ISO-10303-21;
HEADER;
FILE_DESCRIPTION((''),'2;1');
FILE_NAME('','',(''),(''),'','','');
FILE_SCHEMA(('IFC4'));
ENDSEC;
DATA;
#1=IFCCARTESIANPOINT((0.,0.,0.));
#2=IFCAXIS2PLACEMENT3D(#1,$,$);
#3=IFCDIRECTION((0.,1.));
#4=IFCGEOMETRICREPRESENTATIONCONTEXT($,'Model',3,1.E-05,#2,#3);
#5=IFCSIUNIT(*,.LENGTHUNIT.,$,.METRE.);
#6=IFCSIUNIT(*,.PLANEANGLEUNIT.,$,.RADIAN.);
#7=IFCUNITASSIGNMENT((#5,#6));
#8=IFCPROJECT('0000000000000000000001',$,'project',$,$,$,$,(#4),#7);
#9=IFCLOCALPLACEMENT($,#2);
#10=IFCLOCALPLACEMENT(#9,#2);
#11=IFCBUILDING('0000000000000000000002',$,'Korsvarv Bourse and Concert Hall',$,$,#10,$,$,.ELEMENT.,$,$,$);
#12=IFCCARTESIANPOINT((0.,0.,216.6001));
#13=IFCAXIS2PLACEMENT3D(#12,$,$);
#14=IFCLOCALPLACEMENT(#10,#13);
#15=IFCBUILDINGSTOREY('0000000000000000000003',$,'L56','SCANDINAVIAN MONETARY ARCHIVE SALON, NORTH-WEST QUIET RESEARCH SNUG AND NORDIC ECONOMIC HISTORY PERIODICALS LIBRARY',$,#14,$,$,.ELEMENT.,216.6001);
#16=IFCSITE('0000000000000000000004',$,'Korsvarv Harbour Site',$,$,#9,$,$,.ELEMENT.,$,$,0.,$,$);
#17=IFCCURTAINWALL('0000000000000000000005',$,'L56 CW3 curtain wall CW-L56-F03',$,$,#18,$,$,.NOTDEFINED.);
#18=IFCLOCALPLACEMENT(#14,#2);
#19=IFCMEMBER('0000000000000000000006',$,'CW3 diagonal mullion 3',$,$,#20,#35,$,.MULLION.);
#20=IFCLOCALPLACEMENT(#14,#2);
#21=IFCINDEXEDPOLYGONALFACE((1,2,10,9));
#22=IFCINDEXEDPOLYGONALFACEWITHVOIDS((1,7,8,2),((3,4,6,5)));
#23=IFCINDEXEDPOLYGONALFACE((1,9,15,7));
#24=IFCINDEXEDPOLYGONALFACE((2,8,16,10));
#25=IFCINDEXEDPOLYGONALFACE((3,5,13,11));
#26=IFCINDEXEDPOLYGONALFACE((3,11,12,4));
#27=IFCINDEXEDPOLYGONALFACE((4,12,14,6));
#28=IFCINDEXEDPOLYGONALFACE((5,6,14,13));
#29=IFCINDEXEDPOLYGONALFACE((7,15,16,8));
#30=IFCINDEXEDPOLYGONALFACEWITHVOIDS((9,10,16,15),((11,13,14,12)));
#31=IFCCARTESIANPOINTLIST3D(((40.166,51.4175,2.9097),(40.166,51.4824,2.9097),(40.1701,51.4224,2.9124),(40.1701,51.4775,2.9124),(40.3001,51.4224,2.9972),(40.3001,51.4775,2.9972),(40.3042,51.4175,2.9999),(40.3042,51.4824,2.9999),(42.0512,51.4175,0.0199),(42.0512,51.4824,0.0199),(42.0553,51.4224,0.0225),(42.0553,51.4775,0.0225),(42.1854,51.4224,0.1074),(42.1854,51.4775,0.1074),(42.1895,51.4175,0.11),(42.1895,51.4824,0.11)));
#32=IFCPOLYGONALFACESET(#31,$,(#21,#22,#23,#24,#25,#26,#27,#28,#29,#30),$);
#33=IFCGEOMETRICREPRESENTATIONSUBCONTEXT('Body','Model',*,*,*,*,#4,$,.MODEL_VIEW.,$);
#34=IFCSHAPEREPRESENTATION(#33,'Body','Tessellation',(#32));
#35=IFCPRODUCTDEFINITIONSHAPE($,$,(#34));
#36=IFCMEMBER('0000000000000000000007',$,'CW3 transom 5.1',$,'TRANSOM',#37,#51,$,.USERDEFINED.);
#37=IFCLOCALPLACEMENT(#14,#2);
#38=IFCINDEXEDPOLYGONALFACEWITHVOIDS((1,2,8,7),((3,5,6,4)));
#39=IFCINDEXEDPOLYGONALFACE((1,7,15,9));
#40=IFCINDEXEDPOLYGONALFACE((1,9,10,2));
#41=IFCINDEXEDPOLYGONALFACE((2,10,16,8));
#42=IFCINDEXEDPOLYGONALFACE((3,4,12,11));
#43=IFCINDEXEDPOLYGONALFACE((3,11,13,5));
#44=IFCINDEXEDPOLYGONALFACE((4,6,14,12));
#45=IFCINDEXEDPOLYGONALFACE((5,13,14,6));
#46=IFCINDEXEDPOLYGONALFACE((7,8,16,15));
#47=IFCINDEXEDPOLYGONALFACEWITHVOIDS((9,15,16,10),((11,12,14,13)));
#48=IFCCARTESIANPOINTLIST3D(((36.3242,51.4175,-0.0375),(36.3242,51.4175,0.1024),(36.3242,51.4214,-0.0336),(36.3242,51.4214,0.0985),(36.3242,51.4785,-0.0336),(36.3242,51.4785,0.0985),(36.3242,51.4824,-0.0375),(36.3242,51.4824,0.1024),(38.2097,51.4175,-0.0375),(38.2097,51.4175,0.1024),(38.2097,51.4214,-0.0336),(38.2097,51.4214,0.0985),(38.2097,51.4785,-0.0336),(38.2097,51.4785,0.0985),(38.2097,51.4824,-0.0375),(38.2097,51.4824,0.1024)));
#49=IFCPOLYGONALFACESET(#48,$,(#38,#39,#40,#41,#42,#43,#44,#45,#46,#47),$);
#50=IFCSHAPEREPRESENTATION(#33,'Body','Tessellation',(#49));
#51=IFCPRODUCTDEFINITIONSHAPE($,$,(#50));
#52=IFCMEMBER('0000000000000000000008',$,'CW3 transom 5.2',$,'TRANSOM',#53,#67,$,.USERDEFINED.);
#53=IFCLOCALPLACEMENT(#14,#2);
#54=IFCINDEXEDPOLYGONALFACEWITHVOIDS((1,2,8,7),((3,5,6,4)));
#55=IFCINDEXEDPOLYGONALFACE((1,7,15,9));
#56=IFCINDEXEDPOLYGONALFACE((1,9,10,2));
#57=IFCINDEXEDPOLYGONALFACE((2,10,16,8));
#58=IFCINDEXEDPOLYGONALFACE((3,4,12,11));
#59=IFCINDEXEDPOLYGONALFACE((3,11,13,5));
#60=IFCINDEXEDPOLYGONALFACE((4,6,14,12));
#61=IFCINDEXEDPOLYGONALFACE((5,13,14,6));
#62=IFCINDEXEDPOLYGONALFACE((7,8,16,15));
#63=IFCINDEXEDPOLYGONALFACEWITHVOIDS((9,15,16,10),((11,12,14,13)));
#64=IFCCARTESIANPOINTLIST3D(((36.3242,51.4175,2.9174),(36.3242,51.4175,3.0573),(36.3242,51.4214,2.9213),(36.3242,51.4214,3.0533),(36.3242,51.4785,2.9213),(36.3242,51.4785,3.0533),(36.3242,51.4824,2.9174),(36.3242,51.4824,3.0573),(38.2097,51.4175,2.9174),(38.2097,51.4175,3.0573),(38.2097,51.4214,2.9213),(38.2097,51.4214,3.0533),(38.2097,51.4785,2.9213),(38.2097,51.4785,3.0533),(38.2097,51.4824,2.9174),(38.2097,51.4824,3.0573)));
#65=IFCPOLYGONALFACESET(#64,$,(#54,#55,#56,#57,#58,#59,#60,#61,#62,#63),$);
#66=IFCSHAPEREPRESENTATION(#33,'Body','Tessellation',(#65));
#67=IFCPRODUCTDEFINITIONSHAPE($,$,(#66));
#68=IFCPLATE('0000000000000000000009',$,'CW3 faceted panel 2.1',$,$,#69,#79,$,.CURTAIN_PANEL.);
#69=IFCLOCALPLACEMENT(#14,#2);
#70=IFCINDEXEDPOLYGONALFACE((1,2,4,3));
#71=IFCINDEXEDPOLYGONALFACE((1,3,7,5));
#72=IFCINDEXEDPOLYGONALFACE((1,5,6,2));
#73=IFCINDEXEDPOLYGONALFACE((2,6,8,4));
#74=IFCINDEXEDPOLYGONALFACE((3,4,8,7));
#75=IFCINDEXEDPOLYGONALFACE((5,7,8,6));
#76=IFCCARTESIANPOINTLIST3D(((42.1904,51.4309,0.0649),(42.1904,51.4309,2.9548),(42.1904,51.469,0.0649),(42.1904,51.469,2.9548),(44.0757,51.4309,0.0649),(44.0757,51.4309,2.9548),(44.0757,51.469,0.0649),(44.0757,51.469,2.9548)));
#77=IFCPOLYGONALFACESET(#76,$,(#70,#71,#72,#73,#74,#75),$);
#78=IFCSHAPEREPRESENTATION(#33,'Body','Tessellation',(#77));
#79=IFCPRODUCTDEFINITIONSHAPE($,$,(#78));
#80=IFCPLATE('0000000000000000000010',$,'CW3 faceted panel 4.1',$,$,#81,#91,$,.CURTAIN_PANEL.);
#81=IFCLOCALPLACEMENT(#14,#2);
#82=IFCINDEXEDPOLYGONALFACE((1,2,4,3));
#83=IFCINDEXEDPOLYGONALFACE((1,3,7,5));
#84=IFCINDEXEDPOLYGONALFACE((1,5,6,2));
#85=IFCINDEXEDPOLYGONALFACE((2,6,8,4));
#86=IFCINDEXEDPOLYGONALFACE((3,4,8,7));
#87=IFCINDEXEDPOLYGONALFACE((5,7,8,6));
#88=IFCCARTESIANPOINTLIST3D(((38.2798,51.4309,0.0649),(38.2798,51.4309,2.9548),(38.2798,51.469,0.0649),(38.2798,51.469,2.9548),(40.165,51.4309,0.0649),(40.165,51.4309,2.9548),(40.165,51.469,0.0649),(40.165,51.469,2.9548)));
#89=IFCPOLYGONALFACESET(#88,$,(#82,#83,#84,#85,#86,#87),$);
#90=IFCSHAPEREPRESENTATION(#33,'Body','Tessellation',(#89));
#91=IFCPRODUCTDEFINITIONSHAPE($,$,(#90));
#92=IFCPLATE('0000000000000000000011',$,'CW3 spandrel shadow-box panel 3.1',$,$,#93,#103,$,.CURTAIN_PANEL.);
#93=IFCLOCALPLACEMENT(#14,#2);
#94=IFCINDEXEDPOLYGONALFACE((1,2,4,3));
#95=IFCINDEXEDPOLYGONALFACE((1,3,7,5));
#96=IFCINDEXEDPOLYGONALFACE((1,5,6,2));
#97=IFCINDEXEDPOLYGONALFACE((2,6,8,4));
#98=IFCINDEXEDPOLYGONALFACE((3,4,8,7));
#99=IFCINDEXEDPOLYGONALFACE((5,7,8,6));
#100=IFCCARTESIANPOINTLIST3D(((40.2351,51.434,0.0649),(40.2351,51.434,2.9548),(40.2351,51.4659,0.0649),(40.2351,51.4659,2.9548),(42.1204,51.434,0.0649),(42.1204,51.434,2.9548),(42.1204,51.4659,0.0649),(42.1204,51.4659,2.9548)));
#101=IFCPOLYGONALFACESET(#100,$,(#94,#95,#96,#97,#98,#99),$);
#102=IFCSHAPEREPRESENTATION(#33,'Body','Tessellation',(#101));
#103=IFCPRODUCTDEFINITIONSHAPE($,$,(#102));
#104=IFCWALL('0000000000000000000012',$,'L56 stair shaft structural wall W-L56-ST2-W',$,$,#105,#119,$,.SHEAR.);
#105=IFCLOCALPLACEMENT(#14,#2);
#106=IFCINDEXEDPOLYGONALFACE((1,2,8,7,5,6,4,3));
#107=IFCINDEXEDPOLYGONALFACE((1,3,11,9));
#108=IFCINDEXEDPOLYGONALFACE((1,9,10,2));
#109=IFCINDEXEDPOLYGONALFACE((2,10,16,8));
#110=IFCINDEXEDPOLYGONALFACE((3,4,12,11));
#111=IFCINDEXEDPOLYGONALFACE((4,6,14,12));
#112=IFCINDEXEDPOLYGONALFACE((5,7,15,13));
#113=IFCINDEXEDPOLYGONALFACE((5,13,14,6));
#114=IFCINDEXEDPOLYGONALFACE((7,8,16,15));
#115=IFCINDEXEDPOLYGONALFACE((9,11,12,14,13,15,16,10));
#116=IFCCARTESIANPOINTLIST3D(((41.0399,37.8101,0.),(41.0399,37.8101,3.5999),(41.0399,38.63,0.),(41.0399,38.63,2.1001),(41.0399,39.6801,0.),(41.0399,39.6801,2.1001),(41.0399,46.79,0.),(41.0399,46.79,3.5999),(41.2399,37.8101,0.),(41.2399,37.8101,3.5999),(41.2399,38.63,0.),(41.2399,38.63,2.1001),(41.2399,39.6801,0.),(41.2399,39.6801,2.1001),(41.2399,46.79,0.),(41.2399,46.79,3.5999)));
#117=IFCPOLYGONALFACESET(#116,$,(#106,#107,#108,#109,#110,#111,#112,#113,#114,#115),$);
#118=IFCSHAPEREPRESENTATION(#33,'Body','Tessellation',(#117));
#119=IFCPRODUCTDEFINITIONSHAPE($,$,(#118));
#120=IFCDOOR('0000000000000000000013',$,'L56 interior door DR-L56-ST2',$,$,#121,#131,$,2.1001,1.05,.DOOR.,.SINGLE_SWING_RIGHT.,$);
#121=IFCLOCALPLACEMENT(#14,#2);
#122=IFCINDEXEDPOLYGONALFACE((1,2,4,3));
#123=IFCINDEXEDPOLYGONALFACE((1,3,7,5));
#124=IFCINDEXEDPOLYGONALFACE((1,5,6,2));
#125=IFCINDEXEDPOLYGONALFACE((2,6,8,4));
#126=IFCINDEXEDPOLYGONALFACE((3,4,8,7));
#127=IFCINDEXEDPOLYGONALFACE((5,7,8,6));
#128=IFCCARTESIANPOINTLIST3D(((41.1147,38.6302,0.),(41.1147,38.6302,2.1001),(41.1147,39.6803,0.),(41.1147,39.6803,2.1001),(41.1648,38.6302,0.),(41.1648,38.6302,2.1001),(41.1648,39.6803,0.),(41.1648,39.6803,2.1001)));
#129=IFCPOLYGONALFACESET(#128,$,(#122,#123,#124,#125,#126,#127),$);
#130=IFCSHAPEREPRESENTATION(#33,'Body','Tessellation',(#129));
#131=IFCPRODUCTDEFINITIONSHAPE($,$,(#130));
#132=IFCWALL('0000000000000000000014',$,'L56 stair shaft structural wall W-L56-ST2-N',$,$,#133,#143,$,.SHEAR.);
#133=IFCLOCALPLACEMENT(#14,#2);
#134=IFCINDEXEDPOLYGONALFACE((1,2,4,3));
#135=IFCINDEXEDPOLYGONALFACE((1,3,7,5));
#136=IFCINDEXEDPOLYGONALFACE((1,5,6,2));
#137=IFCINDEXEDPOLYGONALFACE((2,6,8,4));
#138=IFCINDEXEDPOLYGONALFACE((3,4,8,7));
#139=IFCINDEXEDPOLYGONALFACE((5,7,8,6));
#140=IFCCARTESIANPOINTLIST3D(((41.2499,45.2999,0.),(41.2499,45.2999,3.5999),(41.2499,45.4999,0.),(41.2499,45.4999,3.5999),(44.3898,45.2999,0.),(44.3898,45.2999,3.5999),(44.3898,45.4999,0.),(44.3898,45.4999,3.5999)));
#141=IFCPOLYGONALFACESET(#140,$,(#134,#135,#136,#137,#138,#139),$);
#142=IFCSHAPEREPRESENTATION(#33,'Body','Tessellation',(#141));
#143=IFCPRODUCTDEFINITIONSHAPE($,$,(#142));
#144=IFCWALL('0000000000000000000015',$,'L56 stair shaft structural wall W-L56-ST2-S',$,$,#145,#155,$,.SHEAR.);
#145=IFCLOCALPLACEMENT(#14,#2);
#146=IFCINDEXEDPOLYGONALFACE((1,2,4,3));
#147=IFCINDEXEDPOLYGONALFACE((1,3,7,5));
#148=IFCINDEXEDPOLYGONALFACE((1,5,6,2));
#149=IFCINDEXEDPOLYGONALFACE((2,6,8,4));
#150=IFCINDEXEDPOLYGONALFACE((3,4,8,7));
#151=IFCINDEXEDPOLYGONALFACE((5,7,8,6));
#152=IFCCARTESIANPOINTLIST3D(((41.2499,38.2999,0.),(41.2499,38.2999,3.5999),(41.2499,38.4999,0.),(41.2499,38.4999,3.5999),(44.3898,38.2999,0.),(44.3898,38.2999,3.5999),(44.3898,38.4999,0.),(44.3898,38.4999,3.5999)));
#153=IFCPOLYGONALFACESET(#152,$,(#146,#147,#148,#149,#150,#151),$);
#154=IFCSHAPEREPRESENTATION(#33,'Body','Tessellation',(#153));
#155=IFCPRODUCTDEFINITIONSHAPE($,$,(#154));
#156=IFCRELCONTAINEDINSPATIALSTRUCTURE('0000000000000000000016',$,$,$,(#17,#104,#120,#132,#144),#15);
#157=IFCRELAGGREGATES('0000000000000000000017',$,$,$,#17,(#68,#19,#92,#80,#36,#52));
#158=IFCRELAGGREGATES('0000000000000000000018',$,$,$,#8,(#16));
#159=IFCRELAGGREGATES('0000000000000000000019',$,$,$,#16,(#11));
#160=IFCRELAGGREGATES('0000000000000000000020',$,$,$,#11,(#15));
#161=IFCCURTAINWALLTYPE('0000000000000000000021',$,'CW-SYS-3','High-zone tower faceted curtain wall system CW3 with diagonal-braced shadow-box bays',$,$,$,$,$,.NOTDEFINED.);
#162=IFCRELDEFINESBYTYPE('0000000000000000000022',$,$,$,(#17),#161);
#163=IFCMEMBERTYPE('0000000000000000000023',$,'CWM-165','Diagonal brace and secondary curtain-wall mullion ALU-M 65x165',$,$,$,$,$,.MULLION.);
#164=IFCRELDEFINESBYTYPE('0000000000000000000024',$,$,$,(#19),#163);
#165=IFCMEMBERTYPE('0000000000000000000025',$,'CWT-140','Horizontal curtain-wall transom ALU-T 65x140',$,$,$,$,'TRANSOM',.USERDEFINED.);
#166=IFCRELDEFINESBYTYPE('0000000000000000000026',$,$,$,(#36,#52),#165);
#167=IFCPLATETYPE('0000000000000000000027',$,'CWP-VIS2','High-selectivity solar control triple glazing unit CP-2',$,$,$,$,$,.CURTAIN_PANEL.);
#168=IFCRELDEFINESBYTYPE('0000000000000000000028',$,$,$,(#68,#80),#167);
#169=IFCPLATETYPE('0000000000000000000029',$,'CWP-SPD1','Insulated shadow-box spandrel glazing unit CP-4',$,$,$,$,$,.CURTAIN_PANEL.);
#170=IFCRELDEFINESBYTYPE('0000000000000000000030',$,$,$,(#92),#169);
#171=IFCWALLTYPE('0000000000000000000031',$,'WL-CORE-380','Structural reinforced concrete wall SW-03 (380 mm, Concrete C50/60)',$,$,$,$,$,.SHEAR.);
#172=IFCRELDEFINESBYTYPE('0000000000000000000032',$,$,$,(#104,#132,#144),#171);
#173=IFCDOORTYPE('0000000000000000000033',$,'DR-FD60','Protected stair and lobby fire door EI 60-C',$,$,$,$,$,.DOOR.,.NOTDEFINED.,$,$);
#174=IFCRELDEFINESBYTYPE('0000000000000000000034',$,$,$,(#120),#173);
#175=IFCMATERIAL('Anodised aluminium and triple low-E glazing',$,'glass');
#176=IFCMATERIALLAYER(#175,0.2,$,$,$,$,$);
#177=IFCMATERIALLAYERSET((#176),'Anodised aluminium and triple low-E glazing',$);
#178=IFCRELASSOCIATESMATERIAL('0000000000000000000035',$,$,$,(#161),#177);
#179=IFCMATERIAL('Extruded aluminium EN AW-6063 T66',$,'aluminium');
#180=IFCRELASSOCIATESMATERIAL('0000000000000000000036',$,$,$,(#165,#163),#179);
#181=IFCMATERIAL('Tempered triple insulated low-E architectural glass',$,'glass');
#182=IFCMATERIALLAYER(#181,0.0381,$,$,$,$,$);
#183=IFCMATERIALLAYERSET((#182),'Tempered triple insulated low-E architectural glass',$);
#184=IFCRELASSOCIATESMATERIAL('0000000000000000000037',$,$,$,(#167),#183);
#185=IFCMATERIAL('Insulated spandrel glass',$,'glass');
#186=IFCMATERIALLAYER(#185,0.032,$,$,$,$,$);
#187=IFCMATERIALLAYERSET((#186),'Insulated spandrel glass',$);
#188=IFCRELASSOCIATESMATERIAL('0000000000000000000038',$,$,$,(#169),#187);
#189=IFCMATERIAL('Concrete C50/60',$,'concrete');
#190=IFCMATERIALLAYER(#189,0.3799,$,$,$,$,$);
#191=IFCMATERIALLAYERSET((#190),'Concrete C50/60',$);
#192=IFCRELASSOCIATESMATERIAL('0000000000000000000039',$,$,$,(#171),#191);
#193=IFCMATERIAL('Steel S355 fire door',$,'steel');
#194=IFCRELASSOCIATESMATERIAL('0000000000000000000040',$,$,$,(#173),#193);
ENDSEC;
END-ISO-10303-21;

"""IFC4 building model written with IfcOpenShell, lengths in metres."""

from ifc_helpers import new_model, si_unit, direction, frame, frame_2d, origin, origin_2d, place, context, subcontext, project, spatial, rectangle, hollow_rectangle, extrude, source, transform, mapped, material, layer, layer_set, material_profile, profile_set, type_object, element, fill, aggregate, save


model = new_model("IFC4")

# Units and contexts
model_context = context("Model", 3, precision=1e-05, world=origin(), true_north=direction((0.0, 1.0)))
body_context = subcontext(model_context, "Body", "Model", "MODEL_VIEW")
ifc_project = project(units=[si_unit("LENGTHUNIT", "METRE"), si_unit("PLANEANGLEUNIT", "RADIAN")], contexts=[model_context])

# Site, building, storey
site_placement = place(None, origin())
site = spatial("IfcSite", under=ifc_project, at=site_placement, Name="Korsvarv Harbour Site", CompositionType="ELEMENT", RefElevation=0.0)
building_placement = place(site_placement, origin())
building = spatial("IfcBuilding", under=site, at=building_placement, Name="Korsvarv Bourse and Concert Hall", CompositionType="ELEMENT")
storey_placement = place(building_placement, frame((0.0, 0.0, 216.6001)))
storey = spatial("IfcBuildingStorey", under=building, at=storey_placement, Name="L56", Description="SCANDINAVIAN MONETARY ARCHIVE SALON, NORTH-WEST QUIET RESEARCH SNUG AND NORDIC ECONOMIC HISTORY PERIODICALS LIBRARY", CompositionType="ELEMENT", Elevation=216.6001)

# Curtain wall, members, plates
ifc_material_1 = material(Name="Anodised aluminium and triple low-E glazing", Category="glass")
ifc_layer_1 = layer(ifc_material_1, 0.2)
ifc_layer_set_1 = layer_set([ifc_layer_1], Name="Anodised aluminium and triple low-E glazing")
curtain_wall_type = type_object("IfcCurtainWallType", Name="CW-SYS-3", Description="High-zone tower faceted curtain wall system CW3 with diagonal-braced shadow-box bays", PredefinedType="NOTDEFINED", material=ifc_layer_set_1)
curtain_wall_placement = place(storey_placement, origin())
curtain_wall = element("IfcCurtainWall", 1, at=curtain_wall_placement, inside=storey, type_object=curtain_wall_type, Name="L56 CW3 curtain wall CW-L56-F03", PredefinedType="NOTDEFINED")
ifc_material_2 = material(Name="Extruded aluminium EN AW-6063 T66", Category="aluminium")
ifc_material_profile_1 = material_profile(ifc_material_2, hollow_rectangle(XDim=0.0649, YDim=0.1399, WallThickness=0.0039, at=origin_2d()), Name="ALU-T 65x140")
ifc_profile_set_1 = profile_set([ifc_material_profile_1], Name="Extruded aluminium EN AW-6063 T66")
member_type_1 = type_object("IfcMemberType", Name="CWT-140", Description="Horizontal curtain-wall transom ALU-T 65x140", ElementType="TRANSOM", PredefinedType="USERDEFINED", material=ifc_profile_set_1)
ifc_material_profile_2 = material_profile(ifc_material_2, hollow_rectangle(XDim=0.0649, YDim=0.165, WallThickness=0.0049, at=origin_2d()), Name="ALU-M 65x165")
ifc_profile_set_2 = profile_set([ifc_material_profile_2], Name="Extruded aluminium EN AW-6063 T66")
member_type_2 = type_object("IfcMemberType", Name="CWM-165", Description="Diagonal brace and secondary curtain-wall mullion ALU-M 65x165", PredefinedType="MULLION", material=ifc_profile_set_2)
shared_shape_1 = source(origin(), body_context, "Body", "SweptSolid", [
    extrude(hollow_rectangle(XDim=0.0649, YDim=0.165, WallThickness=0.0049, at=origin_2d()), origin(), (0.0, 0.0, 1.0), 3.4504),
])
member_1_placement = place(storey_placement, frame((42.1204, 51.45, 0.0649), z_axis=(-0.546378, 0.0, 0.837539), x_axis=(0.0, -1.0, 0.0)))
member_1 = element("IfcMember", 2, at=member_1_placement, type_object=member_type_2, Name="CW3 diagonal mullion 3", PredefinedType="MULLION", context=body_context, shape_type="MappedRepresentation", body=[
    mapped(shared_shape_1, transform((0.0, 0.0, 0.0), scale=1.0)),
])
shared_shape_2 = source(origin(), body_context, "Body", "SweptSolid", [
    extrude(hollow_rectangle(XDim=0.0649, YDim=0.1399, WallThickness=0.0039, at=origin_2d()), origin(), (0.0, 0.0, 1.0), 1.8855),
])
member_2_placement = place(storey_placement, frame((38.2097, 51.45, 0.0325), z_axis=(-1.0, 0.0, 0.0), x_axis=(0.0, -1.0, 0.0)))
member_2 = element("IfcMember", 3, at=member_2_placement, type_object=member_type_1, Name="CW3 transom 5.1", ObjectType="TRANSOM", PredefinedType="USERDEFINED", context=body_context, shape_type="MappedRepresentation", body=[
    mapped(shared_shape_2, transform((0.0, 0.0, 0.0), scale=1.0)),
])
member_3_placement = place(storey_placement, frame((38.2097, 51.45, 2.9873), z_axis=(-1.0, 0.0, 0.0), x_axis=(0.0, -1.0, 0.0)))
member_3 = element("IfcMember", 4, at=member_3_placement, type_object=member_type_1, Name="CW3 transom 5.2", ObjectType="TRANSOM", PredefinedType="USERDEFINED", context=body_context, shape_type="MappedRepresentation", body=[
    mapped(shared_shape_2, transform((0.0, 0.0, 0.0), scale=1.0)),
])
ifc_material_3 = material(Name="Tempered triple insulated low-E architectural glass", Category="glass")
ifc_layer_2 = layer(ifc_material_3, 0.0381)
ifc_layer_set_2 = layer_set([ifc_layer_2], Name="Tempered triple insulated low-E architectural glass")
plate_type_1 = type_object("IfcPlateType", Name="CWP-VIS2", Description="High-selectivity solar control triple glazing unit CP-2", PredefinedType="CURTAIN_PANEL", material=ifc_layer_set_2)
shared_shape_3 = source(origin(), body_context, "Body", "SweptSolid", [
    extrude(rectangle(XDim=1.8853, YDim=0.0381, at=origin_2d()), origin(), (0.0, 0.0, 1.0), 2.8899),
])
plate_1_placement = place(storey_placement, frame((43.1331, 51.45, 0.0649), z_axis=(0.0, 0.0, 1.0), x_axis=(-1.0, 0.0, 0.0)))
plate_1 = element("IfcPlate", 5, at=plate_1_placement, type_object=plate_type_1, Name="CW3 faceted panel 2.1", PredefinedType="CURTAIN_PANEL", context=body_context, shape_type="MappedRepresentation", body=[
    mapped(shared_shape_3, transform((0.0, 0.0, 0.0), scale=1.0)),
])
plate_2_placement = place(storey_placement, frame((39.2224, 51.45, 0.0649), z_axis=(0.0, 0.0, 1.0), x_axis=(-1.0, 0.0, 0.0)))
plate_2 = element("IfcPlate", 6, at=plate_2_placement, type_object=plate_type_1, Name="CW3 faceted panel 4.1", PredefinedType="CURTAIN_PANEL", context=body_context, shape_type="MappedRepresentation", body=[
    mapped(shared_shape_3, transform((0.0, 0.0, 0.0), scale=1.0)),
])
ifc_material_4 = material(Name="Insulated spandrel glass", Category="glass")
ifc_layer_3 = layer(ifc_material_4, 0.032)
ifc_layer_set_3 = layer_set([ifc_layer_3], Name="Insulated spandrel glass")
plate_type_2 = type_object("IfcPlateType", Name="CWP-SPD1", Description="Insulated shadow-box spandrel glazing unit CP-4", PredefinedType="CURTAIN_PANEL", material=ifc_layer_set_3)
shared_shape_4 = source(origin(), body_context, "Body", "SweptSolid", [
    extrude(rectangle(XDim=1.8853, YDim=0.032, at=origin_2d()), origin(), (0.0, 0.0, 1.0), 2.8899),
])
plate_3_placement = place(storey_placement, frame((41.1777, 51.45, 0.0649), z_axis=(0.0, 0.0, 1.0), x_axis=(-1.0, 0.0, 0.0)))
plate_3 = element("IfcPlate", 7, at=plate_3_placement, type_object=plate_type_2, Name="CW3 spandrel shadow-box panel 3.1", PredefinedType="CURTAIN_PANEL", context=body_context, shape_type="MappedRepresentation", body=[
    mapped(shared_shape_4, transform((0.0, 0.0, 0.0), scale=1.0)),
])
aggregate(curtain_wall, [plate_1, member_1, plate_3, plate_2, member_2, member_3])

# Wall, opening, door
ifc_material_5 = material(Name="Concrete C50/60", Category="concrete")
ifc_layer_4 = layer(ifc_material_5, 0.3799)
ifc_layer_set_4 = layer_set([ifc_layer_4], Name="Concrete C50/60")
wall_type_1 = type_object("IfcWallType", Name="WL-CORE-380", Description="Structural reinforced concrete wall SW-03 (380 mm, Concrete C50/60)", PredefinedType="SHEAR", material=ifc_layer_set_4)
wall_1_placement = place(storey_placement, frame((41.1399, 37.8101, 0.0), z_axis=(0.0, 0.0, 1.0), x_axis=(0.0, 1.0, 0.0)))
wall_1 = element("IfcWall", 8, at=wall_1_placement, inside=storey, type_object=wall_type_1, Name="L56 stair shaft structural wall W-L56-ST2-W", PredefinedType="SHEAR", context=body_context, shape_type="SweptSolid", body=[
    extrude(rectangle(XDim=8.98, YDim=0.2, at=frame_2d((4.49, 0.0))), origin(), (0.0, 0.0, 1.0), 3.5999),
])
opening_1_placement = place(wall_1_placement, frame((0.8201, 0.0, 0.0)))
opening_1 = element("IfcOpeningElement", 9, at=opening_1_placement, cuts=wall_1, PredefinedType="OPENING", context=body_context, shape_type="SweptSolid", body=[
    extrude(rectangle(XDim=1.05, YDim=2.1001, at=frame_2d((0.5249, 1.05))), frame((0.0, 0.1099, 0.0), z_axis=(0.0, -1.0, 0.0), x_axis=(1.0, 0.0, 0.0)), (0.0, 0.0, 1.0), 0.22),
])
ifc_material_6 = material(Name="Steel S355 fire door", Category="steel")
door_type_1 = type_object("IfcDoorType", Name="DR-FD60", Description="Protected stair and lobby fire door EI 60-C", OperationType="NOTDEFINED", PredefinedType="DOOR", material=ifc_material_6)
door_1_placement = place(opening_1_placement, frame((1.05, 0.0, 0.0), z_axis=(0.0, 0.0, 1.0), x_axis=(-1.0, 0.0, 0.0)))
door_1 = element("IfcDoor", 10, at=door_1_placement, inside=storey, type_object=door_type_1, Name="L56 interior door DR-L56-ST2", OperationType="SINGLE_SWING_RIGHT", OverallHeight=2.1001, OverallWidth=1.05, PredefinedType="DOOR", context=body_context, shape_type="SweptSolid", body=[
    extrude(rectangle(XDim=1.05, YDim=2.1001, at=frame_2d((0.5249, 1.05))), frame((0.0, 0.0249, 0.0), z_axis=(0.0, -1.0, 0.0), x_axis=(1.0, 0.0, 0.0)), (0.0, 0.0, 1.0), 0.05),
])
fill(opening_1, door_1)

# Walls
for number, where, z_axis, x_axis, name in (
    (11, (41.25, 45.3999, 0.0), (0.0, 0.0, 1.0), (1.0, 0.0, 0.0), "L56 stair shaft structural wall W-L56-ST2-N"),
    (12, (41.25, 38.3999, 0.0), (0.0, 0.0, 1.0), (1.0, 0.0, 0.0), "L56 stair shaft structural wall W-L56-ST2-S"),
):
    element("IfcWall", number, at=place(storey_placement, frame(where, z_axis=z_axis, x_axis=x_axis)), inside=storey, type_object=wall_type_1, Name=name, PredefinedType="SHEAR", context=body_context, shape_type="SweptSolid", body=[
        extrude(rectangle(XDim=3.1399, YDim=0.2, at=frame_2d((1.5698, 0.0))), origin(), (0.0, 0.0, 1.0), 3.5999),
    ])

save(model, "model.ifc")
